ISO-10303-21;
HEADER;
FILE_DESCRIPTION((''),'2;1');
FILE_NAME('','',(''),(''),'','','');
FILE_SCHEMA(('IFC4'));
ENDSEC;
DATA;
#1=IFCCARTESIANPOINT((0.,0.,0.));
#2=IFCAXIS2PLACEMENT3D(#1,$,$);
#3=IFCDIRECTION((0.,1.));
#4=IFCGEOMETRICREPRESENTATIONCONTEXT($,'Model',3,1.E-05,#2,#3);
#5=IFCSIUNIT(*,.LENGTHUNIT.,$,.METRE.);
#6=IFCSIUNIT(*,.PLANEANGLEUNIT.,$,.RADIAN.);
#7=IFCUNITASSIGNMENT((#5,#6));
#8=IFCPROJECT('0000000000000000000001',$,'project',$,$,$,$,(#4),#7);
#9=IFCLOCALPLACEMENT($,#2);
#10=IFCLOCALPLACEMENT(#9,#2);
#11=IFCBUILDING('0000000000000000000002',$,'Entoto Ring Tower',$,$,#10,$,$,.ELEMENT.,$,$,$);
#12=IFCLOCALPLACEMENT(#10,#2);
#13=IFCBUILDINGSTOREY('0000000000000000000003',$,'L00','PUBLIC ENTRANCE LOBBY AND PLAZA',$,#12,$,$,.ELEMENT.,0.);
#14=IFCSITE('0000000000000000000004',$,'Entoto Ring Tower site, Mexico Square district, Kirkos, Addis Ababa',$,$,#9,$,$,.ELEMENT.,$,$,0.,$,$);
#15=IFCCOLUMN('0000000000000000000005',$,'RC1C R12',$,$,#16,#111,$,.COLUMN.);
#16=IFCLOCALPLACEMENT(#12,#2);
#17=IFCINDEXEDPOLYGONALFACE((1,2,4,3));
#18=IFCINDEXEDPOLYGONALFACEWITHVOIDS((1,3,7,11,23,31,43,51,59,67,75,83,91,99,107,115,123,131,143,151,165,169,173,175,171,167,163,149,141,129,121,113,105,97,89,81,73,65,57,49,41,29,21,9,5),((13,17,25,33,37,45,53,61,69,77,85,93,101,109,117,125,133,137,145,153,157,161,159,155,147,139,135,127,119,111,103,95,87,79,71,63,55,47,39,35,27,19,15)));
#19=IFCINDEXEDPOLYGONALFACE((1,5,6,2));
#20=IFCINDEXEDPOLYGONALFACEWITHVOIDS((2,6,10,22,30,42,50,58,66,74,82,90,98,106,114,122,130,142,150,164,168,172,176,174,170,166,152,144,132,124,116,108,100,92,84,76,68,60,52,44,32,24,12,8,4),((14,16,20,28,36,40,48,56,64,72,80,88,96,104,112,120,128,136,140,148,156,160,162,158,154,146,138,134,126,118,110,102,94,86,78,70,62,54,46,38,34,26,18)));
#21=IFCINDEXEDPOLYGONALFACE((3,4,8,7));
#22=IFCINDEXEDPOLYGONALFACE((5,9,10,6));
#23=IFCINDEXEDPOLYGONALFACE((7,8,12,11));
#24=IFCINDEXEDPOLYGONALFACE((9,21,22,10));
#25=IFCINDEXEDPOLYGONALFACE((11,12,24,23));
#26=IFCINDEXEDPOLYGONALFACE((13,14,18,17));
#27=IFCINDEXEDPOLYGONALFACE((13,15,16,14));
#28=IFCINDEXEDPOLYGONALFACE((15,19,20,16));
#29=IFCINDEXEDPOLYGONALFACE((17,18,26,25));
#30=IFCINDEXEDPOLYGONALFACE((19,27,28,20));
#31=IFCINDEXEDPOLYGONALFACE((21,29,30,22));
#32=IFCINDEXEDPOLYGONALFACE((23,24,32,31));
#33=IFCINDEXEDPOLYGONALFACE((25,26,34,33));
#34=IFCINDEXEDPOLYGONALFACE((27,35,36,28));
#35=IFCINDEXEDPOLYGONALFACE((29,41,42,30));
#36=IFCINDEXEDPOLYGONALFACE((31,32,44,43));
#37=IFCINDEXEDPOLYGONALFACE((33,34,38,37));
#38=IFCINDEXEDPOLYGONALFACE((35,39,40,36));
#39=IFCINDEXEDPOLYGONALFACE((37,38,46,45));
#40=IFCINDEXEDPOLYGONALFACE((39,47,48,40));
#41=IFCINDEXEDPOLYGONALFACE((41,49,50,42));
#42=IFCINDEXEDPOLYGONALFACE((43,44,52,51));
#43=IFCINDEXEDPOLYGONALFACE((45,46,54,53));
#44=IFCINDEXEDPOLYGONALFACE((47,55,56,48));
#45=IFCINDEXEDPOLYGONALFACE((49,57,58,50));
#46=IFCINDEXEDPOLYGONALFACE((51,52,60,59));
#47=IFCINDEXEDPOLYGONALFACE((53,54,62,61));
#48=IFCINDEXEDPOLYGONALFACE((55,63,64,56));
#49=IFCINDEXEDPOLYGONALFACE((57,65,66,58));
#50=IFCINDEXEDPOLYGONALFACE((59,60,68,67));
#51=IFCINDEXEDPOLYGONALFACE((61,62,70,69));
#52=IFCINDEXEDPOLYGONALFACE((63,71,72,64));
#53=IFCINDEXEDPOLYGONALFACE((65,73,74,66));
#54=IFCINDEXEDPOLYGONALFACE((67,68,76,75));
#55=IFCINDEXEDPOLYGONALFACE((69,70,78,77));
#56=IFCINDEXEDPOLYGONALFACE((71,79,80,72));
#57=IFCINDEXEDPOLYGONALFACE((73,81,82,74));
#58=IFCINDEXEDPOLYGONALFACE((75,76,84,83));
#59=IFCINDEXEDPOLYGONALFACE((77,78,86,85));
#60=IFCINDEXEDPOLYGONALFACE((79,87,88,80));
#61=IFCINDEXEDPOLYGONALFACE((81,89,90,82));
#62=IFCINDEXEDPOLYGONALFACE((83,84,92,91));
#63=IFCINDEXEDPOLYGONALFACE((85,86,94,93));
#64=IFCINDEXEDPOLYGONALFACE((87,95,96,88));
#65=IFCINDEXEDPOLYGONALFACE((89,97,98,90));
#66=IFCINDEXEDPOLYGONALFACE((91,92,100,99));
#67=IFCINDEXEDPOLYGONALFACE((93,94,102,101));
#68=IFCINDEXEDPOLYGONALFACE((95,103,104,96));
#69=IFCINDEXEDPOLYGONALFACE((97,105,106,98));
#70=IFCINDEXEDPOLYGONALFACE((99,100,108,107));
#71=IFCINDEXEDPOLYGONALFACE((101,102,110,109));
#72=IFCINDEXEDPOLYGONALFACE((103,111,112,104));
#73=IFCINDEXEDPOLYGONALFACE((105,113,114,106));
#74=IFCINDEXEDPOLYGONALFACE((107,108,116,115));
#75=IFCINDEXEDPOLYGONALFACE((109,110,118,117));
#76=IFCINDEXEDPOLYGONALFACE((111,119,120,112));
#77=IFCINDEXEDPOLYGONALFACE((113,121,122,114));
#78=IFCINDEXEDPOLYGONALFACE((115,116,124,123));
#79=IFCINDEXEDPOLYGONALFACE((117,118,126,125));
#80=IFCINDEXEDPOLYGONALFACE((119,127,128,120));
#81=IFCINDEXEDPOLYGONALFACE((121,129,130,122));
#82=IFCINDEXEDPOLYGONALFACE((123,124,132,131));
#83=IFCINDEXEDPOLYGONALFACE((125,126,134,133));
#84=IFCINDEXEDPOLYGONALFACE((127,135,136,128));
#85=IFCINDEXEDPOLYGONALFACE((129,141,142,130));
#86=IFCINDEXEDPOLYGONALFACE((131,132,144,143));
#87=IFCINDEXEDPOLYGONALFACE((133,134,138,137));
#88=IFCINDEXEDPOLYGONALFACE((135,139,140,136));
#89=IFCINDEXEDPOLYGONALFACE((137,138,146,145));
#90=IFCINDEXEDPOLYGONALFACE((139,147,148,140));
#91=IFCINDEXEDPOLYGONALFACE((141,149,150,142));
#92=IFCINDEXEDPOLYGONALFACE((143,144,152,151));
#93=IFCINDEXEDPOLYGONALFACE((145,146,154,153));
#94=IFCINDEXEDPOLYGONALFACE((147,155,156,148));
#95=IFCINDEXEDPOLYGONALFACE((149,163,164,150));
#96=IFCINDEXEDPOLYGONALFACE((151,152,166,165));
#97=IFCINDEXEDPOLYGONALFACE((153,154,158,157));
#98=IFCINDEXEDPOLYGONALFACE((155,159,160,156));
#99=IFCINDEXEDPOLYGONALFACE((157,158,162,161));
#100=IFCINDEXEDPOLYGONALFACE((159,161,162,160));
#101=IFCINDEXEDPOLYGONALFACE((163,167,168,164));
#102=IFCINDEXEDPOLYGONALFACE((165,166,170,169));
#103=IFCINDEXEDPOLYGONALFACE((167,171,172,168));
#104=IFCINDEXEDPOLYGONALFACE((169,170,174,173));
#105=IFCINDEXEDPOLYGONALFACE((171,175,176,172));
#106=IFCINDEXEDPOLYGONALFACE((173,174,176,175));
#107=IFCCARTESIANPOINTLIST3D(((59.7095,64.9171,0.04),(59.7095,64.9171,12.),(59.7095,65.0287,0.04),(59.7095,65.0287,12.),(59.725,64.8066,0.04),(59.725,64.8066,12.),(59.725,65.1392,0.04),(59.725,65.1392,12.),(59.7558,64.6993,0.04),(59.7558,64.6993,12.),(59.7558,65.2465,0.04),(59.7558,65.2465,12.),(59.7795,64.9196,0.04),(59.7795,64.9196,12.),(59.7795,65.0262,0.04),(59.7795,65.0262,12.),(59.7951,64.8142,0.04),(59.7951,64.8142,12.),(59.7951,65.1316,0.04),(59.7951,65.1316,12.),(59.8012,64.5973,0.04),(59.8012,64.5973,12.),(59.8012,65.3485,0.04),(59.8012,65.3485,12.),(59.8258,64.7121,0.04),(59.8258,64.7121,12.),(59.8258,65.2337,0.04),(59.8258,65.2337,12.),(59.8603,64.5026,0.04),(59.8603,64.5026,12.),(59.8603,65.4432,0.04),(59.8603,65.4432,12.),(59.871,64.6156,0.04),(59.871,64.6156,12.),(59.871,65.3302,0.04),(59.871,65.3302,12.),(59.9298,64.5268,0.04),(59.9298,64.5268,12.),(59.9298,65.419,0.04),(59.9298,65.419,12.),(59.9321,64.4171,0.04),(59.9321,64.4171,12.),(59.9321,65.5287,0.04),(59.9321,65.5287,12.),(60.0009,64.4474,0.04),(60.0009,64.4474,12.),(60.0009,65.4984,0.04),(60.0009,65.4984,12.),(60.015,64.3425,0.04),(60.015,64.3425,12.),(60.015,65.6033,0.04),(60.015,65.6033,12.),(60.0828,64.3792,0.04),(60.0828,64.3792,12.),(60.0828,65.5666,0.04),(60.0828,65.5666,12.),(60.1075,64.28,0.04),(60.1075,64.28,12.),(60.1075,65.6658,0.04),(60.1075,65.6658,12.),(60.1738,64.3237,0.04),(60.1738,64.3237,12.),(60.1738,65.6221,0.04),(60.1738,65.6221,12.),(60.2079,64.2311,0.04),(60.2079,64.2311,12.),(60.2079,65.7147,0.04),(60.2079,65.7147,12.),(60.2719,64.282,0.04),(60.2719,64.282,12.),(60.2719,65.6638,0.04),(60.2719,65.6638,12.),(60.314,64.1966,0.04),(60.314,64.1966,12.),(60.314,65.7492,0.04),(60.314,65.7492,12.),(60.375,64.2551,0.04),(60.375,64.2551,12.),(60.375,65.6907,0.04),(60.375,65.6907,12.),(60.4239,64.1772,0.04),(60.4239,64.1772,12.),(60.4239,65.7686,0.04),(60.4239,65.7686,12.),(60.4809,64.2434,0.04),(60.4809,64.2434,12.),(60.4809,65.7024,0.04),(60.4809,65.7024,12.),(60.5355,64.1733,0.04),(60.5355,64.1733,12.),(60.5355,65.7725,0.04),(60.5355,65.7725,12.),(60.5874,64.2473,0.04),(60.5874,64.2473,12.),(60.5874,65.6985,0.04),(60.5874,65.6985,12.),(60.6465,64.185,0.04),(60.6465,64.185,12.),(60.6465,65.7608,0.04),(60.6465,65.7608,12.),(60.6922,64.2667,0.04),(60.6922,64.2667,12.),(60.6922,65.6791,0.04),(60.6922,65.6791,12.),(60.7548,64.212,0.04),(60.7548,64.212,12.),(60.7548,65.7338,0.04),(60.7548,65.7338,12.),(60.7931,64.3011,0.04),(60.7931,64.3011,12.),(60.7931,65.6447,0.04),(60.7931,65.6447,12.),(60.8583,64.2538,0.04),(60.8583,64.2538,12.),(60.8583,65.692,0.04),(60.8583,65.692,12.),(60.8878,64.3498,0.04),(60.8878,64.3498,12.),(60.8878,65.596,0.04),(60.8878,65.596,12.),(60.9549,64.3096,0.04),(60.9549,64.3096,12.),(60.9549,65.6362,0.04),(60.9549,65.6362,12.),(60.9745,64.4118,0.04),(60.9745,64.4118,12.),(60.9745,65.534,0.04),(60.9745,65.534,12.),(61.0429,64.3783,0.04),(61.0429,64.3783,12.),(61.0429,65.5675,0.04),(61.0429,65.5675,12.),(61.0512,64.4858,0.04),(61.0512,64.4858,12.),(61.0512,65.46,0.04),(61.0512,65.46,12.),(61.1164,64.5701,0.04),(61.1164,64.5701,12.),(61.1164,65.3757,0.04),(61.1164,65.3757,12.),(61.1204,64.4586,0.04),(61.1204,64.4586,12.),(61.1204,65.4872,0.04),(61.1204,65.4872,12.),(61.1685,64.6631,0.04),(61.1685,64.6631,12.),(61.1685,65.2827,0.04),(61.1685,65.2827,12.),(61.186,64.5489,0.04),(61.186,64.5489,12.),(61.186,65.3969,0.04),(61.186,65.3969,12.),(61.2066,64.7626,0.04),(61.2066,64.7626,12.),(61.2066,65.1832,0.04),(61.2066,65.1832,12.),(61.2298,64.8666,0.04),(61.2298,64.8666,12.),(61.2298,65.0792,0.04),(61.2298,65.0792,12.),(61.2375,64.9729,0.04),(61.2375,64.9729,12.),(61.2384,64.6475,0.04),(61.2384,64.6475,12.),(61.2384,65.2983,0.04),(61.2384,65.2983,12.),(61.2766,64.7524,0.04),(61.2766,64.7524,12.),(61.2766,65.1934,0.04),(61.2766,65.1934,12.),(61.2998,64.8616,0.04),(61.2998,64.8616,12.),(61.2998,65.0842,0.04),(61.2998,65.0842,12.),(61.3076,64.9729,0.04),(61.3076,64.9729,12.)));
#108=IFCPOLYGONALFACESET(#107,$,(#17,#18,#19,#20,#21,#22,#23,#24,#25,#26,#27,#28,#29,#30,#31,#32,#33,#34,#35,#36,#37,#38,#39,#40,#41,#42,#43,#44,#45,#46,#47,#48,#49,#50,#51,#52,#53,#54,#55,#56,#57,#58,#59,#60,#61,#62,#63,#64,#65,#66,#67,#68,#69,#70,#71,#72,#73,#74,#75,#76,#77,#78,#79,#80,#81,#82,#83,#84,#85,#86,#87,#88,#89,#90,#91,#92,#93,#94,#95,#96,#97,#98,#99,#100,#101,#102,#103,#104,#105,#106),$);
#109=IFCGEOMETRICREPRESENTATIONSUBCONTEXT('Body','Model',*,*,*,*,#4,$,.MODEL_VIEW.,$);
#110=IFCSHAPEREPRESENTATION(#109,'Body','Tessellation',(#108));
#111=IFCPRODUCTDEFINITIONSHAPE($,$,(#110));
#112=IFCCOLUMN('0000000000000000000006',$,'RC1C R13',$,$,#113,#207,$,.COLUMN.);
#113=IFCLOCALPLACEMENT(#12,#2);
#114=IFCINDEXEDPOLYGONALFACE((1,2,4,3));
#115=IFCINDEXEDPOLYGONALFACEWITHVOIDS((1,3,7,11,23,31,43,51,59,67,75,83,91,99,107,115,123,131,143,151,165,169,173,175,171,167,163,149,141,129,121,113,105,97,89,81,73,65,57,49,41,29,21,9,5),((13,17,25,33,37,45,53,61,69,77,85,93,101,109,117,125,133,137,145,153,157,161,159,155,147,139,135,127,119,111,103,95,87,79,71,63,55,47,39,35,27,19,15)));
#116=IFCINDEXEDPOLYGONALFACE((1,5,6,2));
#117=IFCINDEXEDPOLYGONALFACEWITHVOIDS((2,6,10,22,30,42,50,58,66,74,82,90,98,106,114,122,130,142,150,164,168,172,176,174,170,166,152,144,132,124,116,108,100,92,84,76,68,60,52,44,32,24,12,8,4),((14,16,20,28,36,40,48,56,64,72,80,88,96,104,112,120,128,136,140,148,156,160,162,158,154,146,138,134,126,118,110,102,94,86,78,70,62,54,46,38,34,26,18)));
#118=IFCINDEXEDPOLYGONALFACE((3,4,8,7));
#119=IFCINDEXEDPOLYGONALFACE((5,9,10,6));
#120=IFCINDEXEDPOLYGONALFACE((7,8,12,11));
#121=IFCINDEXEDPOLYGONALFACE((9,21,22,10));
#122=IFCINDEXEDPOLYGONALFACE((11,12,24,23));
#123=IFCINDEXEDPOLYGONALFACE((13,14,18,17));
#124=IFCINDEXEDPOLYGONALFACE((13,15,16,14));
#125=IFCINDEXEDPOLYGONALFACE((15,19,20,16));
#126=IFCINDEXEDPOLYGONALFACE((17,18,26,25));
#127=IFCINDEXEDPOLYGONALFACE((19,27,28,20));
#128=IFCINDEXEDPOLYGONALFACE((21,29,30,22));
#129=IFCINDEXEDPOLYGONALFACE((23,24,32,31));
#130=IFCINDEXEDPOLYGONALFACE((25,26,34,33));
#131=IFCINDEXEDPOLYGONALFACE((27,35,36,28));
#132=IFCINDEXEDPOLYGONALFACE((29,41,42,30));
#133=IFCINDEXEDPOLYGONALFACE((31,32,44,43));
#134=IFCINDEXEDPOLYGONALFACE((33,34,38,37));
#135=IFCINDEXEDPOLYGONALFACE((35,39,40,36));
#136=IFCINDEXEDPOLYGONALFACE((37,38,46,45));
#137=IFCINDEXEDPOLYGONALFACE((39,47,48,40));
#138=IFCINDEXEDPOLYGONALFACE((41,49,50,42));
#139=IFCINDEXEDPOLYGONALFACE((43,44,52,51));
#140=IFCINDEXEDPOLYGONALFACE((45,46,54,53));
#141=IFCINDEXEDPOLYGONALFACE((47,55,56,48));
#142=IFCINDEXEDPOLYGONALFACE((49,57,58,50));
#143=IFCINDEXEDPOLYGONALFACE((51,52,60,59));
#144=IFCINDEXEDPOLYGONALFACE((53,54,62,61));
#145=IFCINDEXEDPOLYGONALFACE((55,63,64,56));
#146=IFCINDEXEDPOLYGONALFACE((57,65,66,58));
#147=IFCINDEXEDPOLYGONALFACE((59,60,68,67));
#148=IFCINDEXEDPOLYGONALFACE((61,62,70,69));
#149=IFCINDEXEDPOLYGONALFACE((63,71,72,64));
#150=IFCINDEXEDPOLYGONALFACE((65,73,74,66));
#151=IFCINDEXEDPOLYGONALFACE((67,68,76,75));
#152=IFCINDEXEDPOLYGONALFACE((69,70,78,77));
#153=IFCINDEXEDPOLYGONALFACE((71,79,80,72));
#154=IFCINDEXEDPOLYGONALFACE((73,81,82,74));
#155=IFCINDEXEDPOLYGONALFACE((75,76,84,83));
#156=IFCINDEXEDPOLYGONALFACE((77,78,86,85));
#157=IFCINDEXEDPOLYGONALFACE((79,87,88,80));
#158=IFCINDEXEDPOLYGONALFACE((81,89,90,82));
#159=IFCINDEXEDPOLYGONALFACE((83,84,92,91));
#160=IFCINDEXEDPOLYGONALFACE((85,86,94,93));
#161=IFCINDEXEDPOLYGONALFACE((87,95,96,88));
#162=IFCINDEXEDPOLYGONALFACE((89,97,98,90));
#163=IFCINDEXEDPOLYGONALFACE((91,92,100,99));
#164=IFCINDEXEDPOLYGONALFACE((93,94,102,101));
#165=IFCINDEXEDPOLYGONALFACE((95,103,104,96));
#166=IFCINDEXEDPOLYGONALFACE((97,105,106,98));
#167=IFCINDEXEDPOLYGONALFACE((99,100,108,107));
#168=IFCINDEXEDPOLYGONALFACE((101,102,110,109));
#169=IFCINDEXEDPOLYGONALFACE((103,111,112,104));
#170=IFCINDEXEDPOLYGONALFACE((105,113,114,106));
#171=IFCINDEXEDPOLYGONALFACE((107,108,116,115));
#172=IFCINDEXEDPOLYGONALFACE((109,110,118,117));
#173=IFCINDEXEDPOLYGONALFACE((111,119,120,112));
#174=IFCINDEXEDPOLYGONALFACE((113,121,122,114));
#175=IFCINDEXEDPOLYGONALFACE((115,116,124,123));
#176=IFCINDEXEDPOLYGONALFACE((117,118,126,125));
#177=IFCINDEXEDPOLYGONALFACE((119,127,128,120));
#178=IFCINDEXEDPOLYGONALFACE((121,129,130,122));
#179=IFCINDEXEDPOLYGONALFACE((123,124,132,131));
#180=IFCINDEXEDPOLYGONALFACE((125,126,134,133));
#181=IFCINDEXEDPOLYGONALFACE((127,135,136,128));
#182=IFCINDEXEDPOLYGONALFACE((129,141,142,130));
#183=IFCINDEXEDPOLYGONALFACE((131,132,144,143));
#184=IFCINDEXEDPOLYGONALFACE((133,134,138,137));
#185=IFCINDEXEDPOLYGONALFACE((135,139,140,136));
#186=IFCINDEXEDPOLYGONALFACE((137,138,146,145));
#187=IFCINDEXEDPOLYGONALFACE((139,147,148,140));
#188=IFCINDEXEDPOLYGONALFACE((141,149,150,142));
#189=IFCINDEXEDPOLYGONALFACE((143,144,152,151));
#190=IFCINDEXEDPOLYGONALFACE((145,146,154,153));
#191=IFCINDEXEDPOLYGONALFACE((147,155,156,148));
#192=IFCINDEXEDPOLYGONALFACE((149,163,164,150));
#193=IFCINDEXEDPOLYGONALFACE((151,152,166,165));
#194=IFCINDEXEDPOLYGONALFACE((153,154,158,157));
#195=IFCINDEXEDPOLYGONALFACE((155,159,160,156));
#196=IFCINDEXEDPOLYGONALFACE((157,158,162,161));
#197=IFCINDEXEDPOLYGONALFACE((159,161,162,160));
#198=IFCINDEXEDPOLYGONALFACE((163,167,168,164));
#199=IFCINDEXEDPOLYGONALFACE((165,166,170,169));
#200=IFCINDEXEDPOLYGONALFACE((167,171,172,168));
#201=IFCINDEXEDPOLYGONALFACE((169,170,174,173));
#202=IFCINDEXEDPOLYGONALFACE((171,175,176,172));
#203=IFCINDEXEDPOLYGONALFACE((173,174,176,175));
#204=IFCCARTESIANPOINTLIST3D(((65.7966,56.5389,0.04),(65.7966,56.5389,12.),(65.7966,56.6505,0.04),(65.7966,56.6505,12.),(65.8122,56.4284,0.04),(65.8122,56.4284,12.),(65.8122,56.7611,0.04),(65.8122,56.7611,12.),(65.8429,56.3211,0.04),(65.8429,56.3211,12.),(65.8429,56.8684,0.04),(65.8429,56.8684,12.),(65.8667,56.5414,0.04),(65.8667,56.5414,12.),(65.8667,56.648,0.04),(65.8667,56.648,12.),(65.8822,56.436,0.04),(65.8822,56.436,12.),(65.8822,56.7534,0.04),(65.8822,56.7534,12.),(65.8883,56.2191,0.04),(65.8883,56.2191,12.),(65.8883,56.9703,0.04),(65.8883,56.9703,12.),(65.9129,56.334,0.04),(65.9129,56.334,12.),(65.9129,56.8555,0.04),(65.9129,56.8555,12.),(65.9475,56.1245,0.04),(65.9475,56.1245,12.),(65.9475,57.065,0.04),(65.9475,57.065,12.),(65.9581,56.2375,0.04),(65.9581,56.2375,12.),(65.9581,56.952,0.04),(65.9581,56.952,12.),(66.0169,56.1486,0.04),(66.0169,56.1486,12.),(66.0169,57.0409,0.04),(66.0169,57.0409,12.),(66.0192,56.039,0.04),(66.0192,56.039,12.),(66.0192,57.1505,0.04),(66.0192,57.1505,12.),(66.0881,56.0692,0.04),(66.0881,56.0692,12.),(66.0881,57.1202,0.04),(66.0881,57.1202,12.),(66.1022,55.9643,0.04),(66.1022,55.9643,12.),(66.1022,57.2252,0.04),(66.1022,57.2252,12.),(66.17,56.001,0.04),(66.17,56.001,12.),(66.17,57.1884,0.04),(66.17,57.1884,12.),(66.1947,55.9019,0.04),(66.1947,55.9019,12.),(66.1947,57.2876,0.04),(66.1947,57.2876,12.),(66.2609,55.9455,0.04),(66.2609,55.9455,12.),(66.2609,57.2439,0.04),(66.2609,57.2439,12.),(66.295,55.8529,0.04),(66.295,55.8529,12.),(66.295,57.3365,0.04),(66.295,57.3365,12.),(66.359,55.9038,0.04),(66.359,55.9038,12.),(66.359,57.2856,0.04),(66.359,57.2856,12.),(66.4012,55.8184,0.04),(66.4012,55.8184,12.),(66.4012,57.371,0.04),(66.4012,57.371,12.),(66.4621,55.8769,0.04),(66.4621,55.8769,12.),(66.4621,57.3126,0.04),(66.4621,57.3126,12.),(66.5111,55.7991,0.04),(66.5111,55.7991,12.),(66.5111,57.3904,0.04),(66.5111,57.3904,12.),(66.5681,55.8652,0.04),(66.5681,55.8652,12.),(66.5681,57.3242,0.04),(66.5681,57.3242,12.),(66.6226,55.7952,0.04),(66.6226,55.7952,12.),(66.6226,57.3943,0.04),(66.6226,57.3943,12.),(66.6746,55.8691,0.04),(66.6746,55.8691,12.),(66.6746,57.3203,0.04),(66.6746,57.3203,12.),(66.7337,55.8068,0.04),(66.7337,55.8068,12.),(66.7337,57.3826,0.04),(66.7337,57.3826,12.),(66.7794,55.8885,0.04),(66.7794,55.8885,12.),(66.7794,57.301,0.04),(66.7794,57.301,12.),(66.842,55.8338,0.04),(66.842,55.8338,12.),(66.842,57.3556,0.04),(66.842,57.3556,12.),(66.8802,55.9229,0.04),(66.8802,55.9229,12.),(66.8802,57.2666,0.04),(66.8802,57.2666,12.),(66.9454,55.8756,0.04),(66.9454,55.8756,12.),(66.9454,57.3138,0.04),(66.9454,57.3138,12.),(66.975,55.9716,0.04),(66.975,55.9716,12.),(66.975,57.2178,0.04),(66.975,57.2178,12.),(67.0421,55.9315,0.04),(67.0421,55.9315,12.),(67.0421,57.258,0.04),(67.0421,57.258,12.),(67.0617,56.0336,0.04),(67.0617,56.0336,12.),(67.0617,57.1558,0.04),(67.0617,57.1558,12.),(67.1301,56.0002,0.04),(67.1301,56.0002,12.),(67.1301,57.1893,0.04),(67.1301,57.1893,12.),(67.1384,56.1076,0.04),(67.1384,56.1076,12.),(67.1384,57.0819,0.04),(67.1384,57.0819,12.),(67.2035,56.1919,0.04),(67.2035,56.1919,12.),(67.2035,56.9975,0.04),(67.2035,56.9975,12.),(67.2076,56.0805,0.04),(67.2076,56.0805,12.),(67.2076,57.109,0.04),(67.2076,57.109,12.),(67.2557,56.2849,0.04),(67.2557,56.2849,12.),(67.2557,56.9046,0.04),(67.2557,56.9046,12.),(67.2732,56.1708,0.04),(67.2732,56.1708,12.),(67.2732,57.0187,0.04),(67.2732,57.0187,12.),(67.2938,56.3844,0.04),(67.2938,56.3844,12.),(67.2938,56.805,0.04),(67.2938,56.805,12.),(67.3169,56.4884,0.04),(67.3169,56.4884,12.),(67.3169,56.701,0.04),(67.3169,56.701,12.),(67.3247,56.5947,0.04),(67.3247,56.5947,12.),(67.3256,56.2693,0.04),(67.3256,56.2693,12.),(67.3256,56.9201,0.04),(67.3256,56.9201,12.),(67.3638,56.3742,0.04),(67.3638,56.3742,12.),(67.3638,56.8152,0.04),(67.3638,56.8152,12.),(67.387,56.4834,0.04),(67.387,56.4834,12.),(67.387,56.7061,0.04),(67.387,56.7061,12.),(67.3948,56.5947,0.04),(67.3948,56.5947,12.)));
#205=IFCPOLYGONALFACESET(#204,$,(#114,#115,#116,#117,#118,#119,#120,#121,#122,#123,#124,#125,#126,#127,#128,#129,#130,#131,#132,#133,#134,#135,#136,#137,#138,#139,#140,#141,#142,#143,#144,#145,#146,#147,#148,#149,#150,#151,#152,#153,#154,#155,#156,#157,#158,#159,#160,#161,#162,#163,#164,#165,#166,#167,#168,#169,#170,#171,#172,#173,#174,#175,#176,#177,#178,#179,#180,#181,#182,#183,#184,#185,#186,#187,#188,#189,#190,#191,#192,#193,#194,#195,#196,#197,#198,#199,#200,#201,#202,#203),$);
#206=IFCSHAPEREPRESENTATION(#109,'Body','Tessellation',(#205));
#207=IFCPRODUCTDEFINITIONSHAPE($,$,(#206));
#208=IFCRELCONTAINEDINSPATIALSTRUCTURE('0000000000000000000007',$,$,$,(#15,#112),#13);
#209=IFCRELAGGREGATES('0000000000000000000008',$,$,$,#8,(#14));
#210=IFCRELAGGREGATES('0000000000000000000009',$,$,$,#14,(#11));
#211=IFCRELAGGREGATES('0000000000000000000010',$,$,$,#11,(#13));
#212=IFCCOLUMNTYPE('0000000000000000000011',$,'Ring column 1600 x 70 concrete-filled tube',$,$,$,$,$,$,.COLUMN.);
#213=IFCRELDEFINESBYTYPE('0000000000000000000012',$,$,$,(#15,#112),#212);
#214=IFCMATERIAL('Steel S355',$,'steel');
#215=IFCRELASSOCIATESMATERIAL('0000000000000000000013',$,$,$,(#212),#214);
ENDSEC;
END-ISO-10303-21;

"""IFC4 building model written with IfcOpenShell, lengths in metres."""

from ifc_helpers import new_model, si_unit, direction, frame, origin, origin_2d, place, context, subcontext, project, spatial, circle, hollow_circle, extrude, material, material_profile, profile_set, type_object, element, save


model = new_model("IFC4")

# Units and contexts
model_context = context("Model", 3, precision=1e-05, world=origin(), true_north=direction((0.0, 1.0)))
body_context = subcontext(model_context, "Body", "Model", "MODEL_VIEW")
ifc_project = project(units=[si_unit("LENGTHUNIT", "METRE"), si_unit("PLANEANGLEUNIT", "RADIAN")], contexts=[model_context])

# Site, building, storey
site_placement = place(None, origin())
site = spatial("IfcSite", under=ifc_project, at=site_placement, Name="Entoto Ring Tower site, Mexico Square district, Kirkos, Addis Ababa", CompositionType="ELEMENT", RefElevation=0.0)
building_placement = place(site_placement, origin())
building = spatial("IfcBuilding", under=site, at=building_placement, Name="Entoto Ring Tower", CompositionType="ELEMENT")
storey_placement = place(building_placement, origin())
storey = spatial("IfcBuildingStorey", under=building, at=storey_placement, Name="L00", Description="PUBLIC ENTRANCE LOBBY AND PLAZA", CompositionType="ELEMENT", Elevation=0.0)

# Columns
ifc_material_1 = material(Name="Steel S355", Category="steel")
ifc_material_profile_1 = material_profile(ifc_material_1, hollow_circle(Radius=0.8, WallThickness=0.0701, at=origin_2d()), Name="CHS 1600 x 70")
ifc_material_2 = material(Name="Concrete C60/75", Category="concrete")
ifc_material_profile_2 = material_profile(ifc_material_2, circle(Radius=0.73, at=origin_2d()), Name="Concrete C60/75 infill")
ifc_profile_set_1 = profile_set([ifc_material_profile_1, ifc_material_profile_2], Name="Steel S355")
column_type_1 = type_object("IfcColumnType", Name="Ring column 1600 x 70 concrete-filled tube", PredefinedType="COLUMN", material=ifc_profile_set_1)
for number, where, z_axis, x_axis, name in (
    (1, (60.5076, 64.9729, 0.04), (0.0, 0.0, 1.0), (1.0, 0.0, 0.0), "RC1C R12"),
    (2, (66.5947, 56.5947, 0.04), (0.0, 0.0, 1.0), (1.0, 0.0, 0.0), "RC1C R13"),
):
    element("IfcColumn", number, at=place(storey_placement, frame(where, z_axis=z_axis, x_axis=x_axis)), inside=storey, type_object=column_type_1, Name=name, PredefinedType="COLUMN", context=body_context, shape_type="SweptSolid", body=[
        extrude(hollow_circle(Radius=0.8, WallThickness=0.0701, at=origin_2d()), origin(), (0.0, 0.0, 1.0), 11.96),
    ])

save(model, "model.ifc")
